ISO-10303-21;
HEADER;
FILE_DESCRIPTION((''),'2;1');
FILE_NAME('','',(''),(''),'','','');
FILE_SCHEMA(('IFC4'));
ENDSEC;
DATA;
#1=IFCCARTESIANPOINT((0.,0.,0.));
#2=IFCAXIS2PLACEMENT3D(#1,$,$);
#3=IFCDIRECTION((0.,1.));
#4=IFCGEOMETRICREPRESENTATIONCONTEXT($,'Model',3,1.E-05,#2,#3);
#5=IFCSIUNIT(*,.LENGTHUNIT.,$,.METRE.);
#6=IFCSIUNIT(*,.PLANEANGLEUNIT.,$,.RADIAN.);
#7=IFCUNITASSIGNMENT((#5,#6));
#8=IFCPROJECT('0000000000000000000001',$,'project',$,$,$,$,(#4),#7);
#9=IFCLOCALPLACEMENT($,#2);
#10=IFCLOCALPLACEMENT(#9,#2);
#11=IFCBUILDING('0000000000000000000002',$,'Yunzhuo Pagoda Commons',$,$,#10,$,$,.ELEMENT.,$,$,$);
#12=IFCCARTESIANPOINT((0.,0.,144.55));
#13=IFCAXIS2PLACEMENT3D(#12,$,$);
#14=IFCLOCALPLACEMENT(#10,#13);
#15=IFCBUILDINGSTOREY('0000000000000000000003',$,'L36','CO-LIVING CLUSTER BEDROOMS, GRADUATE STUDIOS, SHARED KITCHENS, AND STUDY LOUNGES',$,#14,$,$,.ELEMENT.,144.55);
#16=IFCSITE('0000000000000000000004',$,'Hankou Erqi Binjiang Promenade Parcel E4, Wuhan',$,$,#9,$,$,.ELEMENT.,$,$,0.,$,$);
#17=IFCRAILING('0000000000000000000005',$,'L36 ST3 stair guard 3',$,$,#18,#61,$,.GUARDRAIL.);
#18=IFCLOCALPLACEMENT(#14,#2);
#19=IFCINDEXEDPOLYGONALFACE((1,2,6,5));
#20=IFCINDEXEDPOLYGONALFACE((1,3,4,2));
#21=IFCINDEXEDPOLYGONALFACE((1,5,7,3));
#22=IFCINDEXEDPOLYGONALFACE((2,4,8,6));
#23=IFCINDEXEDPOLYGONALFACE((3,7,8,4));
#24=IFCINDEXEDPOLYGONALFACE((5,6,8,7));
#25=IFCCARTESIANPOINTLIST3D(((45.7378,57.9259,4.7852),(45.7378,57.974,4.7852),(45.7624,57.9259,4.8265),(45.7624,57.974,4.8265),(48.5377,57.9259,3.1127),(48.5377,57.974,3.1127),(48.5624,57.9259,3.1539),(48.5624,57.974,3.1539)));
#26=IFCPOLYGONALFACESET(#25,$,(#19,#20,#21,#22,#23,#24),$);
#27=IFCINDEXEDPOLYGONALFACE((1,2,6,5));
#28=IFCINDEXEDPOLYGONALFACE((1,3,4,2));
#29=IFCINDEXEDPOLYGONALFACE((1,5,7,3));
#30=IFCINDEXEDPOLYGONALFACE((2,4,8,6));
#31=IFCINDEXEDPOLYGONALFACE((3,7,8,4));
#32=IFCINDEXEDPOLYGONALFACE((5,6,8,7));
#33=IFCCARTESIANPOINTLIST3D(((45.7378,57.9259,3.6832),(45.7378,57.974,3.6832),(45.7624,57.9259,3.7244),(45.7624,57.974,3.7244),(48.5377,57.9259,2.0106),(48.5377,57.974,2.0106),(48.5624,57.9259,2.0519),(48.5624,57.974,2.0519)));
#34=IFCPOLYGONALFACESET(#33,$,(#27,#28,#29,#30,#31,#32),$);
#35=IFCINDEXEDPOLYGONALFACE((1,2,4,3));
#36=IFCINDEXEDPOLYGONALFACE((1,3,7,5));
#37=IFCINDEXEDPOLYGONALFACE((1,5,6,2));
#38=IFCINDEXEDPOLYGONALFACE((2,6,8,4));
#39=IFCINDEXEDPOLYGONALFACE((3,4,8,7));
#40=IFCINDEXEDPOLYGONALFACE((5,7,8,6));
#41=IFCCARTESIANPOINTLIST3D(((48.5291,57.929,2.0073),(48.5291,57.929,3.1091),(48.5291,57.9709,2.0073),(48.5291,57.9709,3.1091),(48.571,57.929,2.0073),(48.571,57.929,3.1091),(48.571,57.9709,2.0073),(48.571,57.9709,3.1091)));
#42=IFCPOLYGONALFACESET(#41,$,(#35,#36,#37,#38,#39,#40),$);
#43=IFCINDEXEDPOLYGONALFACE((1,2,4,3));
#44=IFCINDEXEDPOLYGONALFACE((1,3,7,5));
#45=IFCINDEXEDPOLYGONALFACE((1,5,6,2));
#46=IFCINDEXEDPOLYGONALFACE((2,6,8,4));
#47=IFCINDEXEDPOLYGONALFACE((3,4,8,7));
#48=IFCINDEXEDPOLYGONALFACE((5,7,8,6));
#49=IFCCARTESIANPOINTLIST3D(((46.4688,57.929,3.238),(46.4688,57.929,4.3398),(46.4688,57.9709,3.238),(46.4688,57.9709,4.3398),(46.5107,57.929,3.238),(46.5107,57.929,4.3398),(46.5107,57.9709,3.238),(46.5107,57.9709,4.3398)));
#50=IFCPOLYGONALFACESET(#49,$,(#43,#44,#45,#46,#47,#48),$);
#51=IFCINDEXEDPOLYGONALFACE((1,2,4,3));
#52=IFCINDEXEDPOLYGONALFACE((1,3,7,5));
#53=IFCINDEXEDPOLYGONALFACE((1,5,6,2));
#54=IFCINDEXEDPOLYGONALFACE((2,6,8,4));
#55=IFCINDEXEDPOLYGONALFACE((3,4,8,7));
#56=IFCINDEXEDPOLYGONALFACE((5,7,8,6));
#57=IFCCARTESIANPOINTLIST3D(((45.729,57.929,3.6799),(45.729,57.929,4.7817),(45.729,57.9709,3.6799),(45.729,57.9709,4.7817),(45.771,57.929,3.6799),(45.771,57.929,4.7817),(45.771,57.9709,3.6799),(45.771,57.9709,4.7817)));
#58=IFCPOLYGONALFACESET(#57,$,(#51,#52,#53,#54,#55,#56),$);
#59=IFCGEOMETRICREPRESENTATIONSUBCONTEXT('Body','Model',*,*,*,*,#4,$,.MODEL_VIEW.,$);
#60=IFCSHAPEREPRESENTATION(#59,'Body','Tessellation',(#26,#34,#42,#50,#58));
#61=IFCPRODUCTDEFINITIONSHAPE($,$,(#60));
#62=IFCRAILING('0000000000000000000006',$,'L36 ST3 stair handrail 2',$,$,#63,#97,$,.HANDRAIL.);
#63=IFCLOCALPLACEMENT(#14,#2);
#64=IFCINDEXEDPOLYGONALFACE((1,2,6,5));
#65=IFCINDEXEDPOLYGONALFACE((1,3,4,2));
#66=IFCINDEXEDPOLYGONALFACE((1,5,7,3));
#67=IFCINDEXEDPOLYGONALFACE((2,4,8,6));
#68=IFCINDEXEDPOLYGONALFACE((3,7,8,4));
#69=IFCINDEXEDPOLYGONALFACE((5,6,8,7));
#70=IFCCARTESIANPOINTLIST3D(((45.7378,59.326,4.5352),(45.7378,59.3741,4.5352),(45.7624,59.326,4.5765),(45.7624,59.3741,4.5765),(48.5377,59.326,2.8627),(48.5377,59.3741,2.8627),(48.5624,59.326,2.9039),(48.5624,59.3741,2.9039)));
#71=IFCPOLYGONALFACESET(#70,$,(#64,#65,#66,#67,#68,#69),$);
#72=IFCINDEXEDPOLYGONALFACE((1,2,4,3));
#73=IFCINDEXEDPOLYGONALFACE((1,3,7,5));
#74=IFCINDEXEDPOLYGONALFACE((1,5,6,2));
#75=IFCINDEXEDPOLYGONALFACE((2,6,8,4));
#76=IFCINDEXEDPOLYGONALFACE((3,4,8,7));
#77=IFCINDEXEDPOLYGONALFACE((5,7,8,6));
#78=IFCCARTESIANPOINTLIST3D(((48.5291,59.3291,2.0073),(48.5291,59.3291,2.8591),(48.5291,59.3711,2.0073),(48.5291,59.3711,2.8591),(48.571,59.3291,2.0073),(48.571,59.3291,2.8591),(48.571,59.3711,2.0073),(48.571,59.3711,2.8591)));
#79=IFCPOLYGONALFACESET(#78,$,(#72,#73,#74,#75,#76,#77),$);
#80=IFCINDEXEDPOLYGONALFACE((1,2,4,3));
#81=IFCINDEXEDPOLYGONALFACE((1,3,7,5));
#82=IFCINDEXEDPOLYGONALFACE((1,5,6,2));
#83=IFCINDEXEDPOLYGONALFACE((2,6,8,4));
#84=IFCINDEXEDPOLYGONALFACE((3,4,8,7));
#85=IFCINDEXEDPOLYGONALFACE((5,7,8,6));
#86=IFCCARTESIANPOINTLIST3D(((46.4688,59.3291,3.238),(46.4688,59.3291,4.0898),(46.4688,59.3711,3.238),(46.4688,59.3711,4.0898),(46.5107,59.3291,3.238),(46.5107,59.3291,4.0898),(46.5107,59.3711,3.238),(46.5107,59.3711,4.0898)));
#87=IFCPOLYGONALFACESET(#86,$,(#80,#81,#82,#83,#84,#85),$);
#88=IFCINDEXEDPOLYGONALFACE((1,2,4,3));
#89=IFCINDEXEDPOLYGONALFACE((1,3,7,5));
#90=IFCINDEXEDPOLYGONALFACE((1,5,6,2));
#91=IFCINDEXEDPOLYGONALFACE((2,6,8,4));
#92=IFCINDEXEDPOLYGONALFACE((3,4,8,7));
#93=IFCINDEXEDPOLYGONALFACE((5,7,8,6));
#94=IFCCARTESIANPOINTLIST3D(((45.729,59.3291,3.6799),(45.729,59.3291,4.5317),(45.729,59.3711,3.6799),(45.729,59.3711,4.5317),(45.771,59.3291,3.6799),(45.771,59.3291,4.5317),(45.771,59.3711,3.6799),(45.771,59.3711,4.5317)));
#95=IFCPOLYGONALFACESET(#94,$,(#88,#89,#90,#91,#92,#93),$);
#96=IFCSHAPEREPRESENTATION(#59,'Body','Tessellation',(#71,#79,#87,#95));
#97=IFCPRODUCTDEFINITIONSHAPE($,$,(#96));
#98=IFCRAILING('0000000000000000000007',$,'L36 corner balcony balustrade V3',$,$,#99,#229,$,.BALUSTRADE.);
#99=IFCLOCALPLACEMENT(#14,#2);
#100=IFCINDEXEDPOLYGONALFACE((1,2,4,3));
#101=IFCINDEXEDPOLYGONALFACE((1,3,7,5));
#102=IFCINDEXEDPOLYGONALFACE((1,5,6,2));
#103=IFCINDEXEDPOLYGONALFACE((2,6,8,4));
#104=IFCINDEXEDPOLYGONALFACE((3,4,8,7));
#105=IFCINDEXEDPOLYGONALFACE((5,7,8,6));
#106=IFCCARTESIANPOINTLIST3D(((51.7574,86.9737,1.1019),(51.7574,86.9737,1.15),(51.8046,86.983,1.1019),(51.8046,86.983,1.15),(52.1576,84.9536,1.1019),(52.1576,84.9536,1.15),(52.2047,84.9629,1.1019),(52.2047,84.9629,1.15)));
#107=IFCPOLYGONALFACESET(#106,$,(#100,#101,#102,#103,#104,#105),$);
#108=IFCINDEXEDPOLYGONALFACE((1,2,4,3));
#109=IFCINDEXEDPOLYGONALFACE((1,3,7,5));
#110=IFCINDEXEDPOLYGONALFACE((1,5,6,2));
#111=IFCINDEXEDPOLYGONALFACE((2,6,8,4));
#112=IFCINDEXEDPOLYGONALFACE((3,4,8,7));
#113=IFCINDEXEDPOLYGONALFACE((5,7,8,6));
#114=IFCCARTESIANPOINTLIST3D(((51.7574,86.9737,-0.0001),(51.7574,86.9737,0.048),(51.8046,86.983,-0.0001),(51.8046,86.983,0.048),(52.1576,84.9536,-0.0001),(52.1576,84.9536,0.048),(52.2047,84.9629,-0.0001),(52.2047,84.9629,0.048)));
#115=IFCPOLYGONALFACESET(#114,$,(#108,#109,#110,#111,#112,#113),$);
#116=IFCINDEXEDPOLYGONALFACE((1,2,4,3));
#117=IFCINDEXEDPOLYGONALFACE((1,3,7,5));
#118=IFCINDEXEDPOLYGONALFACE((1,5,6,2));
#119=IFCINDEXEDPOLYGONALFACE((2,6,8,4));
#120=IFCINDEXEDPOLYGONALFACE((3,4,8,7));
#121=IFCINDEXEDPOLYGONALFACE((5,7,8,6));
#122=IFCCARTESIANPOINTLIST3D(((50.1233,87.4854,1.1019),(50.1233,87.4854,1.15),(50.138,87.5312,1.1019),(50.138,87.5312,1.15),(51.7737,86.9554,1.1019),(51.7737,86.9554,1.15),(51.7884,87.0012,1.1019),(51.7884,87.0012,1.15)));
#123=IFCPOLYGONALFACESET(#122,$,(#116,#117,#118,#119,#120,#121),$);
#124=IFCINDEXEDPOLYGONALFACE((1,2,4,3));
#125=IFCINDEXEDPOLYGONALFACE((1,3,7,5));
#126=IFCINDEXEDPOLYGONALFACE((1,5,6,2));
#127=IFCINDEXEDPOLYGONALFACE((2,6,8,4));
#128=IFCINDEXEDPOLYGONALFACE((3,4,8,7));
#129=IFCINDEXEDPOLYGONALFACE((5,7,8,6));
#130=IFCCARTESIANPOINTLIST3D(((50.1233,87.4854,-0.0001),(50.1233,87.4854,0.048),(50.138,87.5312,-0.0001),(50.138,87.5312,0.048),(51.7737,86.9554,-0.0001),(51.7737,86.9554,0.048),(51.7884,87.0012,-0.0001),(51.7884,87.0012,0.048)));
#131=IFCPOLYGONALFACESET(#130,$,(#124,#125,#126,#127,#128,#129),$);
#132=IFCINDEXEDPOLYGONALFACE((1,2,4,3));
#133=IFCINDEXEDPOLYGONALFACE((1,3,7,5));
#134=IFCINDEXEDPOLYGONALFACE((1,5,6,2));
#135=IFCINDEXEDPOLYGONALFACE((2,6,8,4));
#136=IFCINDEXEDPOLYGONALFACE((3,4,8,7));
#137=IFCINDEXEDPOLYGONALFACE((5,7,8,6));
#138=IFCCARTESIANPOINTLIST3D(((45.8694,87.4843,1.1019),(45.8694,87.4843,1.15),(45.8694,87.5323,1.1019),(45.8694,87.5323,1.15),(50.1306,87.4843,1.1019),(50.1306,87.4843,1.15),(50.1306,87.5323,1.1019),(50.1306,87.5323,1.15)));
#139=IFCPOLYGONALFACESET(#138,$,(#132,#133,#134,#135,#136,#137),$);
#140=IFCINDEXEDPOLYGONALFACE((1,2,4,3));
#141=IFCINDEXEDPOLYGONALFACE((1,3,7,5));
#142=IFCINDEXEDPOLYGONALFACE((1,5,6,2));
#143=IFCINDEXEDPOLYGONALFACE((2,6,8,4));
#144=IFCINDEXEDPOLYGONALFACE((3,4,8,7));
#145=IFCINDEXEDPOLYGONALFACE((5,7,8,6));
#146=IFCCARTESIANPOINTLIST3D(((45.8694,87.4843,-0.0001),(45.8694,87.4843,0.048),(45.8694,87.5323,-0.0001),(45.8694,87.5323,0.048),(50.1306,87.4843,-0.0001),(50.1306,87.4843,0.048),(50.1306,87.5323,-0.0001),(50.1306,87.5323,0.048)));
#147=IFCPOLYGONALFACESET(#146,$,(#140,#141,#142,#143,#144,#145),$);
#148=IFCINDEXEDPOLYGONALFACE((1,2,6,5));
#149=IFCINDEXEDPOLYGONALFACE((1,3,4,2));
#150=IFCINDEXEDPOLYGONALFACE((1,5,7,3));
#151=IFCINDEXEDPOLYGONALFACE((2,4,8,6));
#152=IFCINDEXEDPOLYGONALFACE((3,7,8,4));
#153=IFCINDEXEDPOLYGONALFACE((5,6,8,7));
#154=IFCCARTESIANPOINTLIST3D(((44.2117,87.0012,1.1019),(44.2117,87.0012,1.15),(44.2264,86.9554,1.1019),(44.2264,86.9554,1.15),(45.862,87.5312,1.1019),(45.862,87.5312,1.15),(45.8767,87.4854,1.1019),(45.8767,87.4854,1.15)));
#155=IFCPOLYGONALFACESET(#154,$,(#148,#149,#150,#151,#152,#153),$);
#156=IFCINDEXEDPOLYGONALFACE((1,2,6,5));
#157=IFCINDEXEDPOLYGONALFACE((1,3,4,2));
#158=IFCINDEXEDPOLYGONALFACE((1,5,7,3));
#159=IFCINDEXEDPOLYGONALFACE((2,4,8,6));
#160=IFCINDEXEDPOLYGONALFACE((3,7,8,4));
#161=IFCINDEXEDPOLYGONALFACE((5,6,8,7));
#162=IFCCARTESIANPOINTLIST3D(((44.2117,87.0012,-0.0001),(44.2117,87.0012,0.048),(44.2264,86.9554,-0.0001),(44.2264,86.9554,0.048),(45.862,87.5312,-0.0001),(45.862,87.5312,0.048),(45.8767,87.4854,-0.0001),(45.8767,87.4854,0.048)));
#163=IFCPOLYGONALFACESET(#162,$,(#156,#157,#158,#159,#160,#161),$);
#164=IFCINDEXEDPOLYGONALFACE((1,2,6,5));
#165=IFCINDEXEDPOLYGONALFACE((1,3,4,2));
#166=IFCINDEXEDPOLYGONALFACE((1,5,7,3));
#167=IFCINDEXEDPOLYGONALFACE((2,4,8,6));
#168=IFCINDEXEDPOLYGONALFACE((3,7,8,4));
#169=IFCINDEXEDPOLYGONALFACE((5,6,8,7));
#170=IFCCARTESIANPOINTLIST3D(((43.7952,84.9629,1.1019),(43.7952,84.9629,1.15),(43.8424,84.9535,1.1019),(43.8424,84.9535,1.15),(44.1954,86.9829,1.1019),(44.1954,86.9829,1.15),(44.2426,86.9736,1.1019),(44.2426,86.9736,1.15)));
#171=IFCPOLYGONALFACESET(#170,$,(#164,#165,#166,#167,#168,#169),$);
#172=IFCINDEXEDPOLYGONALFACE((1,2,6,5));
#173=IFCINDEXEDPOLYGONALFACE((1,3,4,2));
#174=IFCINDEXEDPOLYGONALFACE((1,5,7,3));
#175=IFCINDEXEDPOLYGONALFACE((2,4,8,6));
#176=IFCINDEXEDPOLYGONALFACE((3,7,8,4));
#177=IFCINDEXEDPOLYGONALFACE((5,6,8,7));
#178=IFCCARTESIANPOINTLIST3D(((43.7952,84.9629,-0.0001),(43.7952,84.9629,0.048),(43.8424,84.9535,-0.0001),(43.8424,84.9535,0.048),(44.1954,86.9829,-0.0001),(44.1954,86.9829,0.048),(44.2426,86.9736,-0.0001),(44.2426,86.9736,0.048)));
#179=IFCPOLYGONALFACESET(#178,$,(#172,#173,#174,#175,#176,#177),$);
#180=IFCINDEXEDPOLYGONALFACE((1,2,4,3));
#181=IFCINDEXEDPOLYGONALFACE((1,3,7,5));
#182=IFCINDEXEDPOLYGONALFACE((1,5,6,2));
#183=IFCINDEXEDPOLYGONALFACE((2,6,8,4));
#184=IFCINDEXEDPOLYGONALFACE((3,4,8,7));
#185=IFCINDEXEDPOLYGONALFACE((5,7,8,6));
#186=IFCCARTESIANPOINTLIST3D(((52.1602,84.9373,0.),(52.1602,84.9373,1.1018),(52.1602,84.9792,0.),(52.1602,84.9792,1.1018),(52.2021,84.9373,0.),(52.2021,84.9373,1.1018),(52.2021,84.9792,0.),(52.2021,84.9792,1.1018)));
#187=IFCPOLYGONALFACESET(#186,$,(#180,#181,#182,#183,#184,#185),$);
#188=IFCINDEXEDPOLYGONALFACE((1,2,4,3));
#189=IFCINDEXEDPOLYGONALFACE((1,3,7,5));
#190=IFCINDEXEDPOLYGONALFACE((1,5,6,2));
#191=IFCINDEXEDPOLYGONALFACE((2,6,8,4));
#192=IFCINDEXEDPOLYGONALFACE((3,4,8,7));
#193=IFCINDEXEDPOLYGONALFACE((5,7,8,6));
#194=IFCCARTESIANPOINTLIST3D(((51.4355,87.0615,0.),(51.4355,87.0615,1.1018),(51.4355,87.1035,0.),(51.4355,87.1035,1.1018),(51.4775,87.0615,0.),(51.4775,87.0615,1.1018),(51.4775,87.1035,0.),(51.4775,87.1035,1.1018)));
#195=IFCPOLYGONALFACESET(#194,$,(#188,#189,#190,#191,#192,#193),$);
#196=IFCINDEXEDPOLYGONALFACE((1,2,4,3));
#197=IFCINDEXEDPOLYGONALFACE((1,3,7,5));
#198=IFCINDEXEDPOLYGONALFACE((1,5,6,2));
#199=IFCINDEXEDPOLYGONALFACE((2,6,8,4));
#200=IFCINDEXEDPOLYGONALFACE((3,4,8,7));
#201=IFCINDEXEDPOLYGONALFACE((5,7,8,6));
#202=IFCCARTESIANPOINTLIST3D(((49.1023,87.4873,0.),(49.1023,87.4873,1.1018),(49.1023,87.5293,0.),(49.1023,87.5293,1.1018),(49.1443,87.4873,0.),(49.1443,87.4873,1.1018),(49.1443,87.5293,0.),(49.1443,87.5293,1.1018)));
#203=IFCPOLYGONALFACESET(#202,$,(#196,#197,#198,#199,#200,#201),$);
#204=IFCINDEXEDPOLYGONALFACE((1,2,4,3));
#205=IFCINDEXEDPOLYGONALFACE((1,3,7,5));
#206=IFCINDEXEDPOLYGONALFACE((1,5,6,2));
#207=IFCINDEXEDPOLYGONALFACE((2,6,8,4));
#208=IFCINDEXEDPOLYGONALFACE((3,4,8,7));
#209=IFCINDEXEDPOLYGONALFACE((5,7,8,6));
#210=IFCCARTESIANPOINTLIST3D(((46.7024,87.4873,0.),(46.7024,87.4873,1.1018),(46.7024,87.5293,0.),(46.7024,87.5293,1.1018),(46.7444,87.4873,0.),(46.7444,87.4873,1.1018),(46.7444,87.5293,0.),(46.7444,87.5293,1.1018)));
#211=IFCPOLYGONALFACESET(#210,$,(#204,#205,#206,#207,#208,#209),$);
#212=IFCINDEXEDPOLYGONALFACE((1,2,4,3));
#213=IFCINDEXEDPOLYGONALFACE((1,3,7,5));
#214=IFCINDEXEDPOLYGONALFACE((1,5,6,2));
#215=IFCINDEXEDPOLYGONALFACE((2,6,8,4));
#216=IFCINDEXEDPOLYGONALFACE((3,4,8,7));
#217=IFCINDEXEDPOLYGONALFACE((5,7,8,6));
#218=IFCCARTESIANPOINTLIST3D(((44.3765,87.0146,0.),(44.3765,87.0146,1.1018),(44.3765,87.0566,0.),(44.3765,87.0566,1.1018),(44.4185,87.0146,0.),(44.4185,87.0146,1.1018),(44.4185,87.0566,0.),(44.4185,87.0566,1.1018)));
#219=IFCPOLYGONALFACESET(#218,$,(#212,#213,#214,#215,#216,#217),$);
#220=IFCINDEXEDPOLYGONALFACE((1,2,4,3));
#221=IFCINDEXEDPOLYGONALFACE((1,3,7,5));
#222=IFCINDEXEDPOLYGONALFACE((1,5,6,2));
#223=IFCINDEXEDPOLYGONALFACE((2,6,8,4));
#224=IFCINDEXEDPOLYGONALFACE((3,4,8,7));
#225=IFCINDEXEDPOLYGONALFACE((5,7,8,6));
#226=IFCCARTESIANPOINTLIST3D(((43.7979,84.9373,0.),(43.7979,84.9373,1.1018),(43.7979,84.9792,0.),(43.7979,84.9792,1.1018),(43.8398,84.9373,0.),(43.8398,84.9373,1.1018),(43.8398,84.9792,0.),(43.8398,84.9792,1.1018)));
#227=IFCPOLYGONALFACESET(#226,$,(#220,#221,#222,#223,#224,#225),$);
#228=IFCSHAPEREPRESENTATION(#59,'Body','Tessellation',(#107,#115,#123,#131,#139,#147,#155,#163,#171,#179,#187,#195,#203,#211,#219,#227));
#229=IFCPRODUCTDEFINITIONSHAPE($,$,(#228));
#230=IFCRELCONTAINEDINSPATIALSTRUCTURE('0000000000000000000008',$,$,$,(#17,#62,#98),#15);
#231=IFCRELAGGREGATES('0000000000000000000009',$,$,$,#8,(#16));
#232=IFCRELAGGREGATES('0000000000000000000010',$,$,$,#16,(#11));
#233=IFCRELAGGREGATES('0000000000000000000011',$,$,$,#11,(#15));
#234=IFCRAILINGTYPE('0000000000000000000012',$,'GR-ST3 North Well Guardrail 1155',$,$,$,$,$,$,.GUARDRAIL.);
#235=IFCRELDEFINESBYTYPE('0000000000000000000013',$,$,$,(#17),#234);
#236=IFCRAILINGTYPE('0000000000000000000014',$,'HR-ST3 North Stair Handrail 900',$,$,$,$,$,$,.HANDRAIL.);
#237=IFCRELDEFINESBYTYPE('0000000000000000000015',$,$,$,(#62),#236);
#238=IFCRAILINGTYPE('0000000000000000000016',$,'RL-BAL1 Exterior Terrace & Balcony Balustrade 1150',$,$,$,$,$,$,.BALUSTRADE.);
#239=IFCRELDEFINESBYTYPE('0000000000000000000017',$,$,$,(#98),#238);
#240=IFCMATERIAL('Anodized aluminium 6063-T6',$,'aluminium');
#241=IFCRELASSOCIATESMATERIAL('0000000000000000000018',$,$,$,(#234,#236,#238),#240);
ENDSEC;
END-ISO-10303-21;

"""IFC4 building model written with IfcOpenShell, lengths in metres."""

from ifc_helpers import new_model, si_unit, direction, frame, origin, origin_2d, place, context, subcontext, project, spatial, rectangle, extrude, material, type_object, element, save


model = new_model("IFC4")

# Units and contexts
model_context = context("Model", 3, precision=1e-05, world=origin(), true_north=direction((0.0, 1.0)))
body_context = subcontext(model_context, "Body", "Model", "MODEL_VIEW")
ifc_project = project(units=[si_unit("LENGTHUNIT", "METRE"), si_unit("PLANEANGLEUNIT", "RADIAN")], contexts=[model_context])

# Site, building, storey
site_placement = place(None, origin())
site = spatial("IfcSite", under=ifc_project, at=site_placement, Name="Hankou Erqi Binjiang Promenade Parcel E4, Wuhan", CompositionType="ELEMENT", RefElevation=0.0)
building_placement = place(site_placement, origin())
building = spatial("IfcBuilding", under=site, at=building_placement, Name="Yunzhuo Pagoda Commons", CompositionType="ELEMENT")
storey_placement = place(building_placement, frame((0.0, 0.0, 144.55)))
storey = spatial("IfcBuildingStorey", under=building, at=storey_placement, Name="L36", Description="CO-LIVING CLUSTER BEDROOMS, GRADUATE STUDIOS, SHARED KITCHENS, AND STUDY LOUNGES", CompositionType="ELEMENT", Elevation=144.55)

# Shared definitions
ifc_material_1 = material(Name="Anodized aluminium 6063-T6", Category="aluminium")

# Railings
railing_type_1 = type_object("IfcRailingType", Name="GR-ST3 North Well Guardrail 1155", PredefinedType="GUARDRAIL", material=ifc_material_1)
railing_1_placement = place(storey_placement, frame((48.55, 57.95, 2.0073)))
element("IfcRailing", 1, at=railing_1_placement, inside=storey, type_object=railing_type_1, Name="L36 ST3 stair guard 3", PredefinedType="GUARDRAIL", context=body_context, shape_type="SweptSolid", body=[
    extrude(rectangle(XDim=0.0481, YDim=0.0481, at=origin_2d()), frame((0.0, 0.0, 1.126), z_axis=(-0.858495, 0.0, 0.512822), x_axis=(0.0, -1.0, 0.0)), (0.0, 0.0, 1.0), 3.2615),
    extrude(rectangle(XDim=0.0481, YDim=0.0481, at=origin_2d()), frame((0.0, 0.0, 0.0239), z_axis=(-0.858495, 0.0, 0.512822), x_axis=(0.0, -1.0, 0.0)), (0.0, 0.0, 1.0), 3.2615),
    extrude(rectangle(XDim=0.042, YDim=0.042, at=origin_2d()), origin(), (0.0, 0.0, 1.0), 1.1018),
    extrude(rectangle(XDim=0.042, YDim=0.042, at=origin_2d()), frame((-2.0603, 0.0, 1.2307)), (0.0, 0.0, 1.0), 1.1018),
    extrude(rectangle(XDim=0.042, YDim=0.042, at=origin_2d()), frame((-2.8, 0.0, 1.6726)), (0.0, 0.0, 1.0), 1.1018),
])
railing_type_2 = type_object("IfcRailingType", Name="HR-ST3 North Stair Handrail 900", PredefinedType="HANDRAIL", material=ifc_material_1)
railing_2_placement = place(storey_placement, frame((48.55, 59.3501, 2.0073)))
element("IfcRailing", 2, at=railing_2_placement, inside=storey, type_object=railing_type_2, Name="L36 ST3 stair handrail 2", PredefinedType="HANDRAIL", context=body_context, shape_type="SweptSolid", body=[
    extrude(rectangle(XDim=0.0481, YDim=0.0481, at=origin_2d()), frame((0.0, 0.0, 0.876), z_axis=(-0.858495, 0.0, 0.512822), x_axis=(0.0, -1.0, 0.0)), (0.0, 0.0, 1.0), 3.2615),
    extrude(rectangle(XDim=0.042, YDim=0.042, at=origin_2d()), origin(), (0.0, 0.0, 1.0), 0.8518),
    extrude(rectangle(XDim=0.042, YDim=0.042, at=origin_2d()), frame((-2.0603, 0.0, 1.2307)), (0.0, 0.0, 1.0), 0.8518),
    extrude(rectangle(XDim=0.042, YDim=0.042, at=origin_2d()), frame((-2.8, 0.0, 1.6726)), (0.0, 0.0, 1.0), 0.8518),
])
railing_type_3 = type_object("IfcRailingType", Name="RL-BAL1 Exterior Terrace & Balcony Balustrade 1150", PredefinedType="BALUSTRADE", material=ifc_material_1)
railing_3_placement = place(storey_placement, frame((52.1812, 84.9583, 0.0)))
element("IfcRailing", 3, at=railing_3_placement, inside=storey, type_object=railing_type_3, Name="L36 corner balcony balustrade V3", PredefinedType="BALUSTRADE", context=body_context, shape_type="SweptSolid", body=[
    extrude(rectangle(XDim=0.0481, YDim=0.0481, at=origin_2d()), frame((0.0, 0.0, 1.126), z_axis=(-0.194315, 0.980939, 0.0), x_axis=(-0.980939, -0.194315, 0.0)), (0.0, 0.0, 1.0), 2.0593),
    extrude(rectangle(XDim=0.0481, YDim=0.0481, at=origin_2d()), frame((0.0, 0.0, 0.0239), z_axis=(-0.194315, 0.980939, 0.0), x_axis=(-0.980939, -0.194315, 0.0)), (0.0, 0.0, 1.0), 2.0593),
    extrude(rectangle(XDim=0.0481, YDim=0.0481, at=origin_2d()), frame((-0.4001, 2.02, 1.126), z_axis=(-0.952105, 0.305772, 0.0), x_axis=(-0.305772, -0.952105, 0.0)), (0.0, 0.0, 1.0), 1.7334),
    extrude(rectangle(XDim=0.0481, YDim=0.0481, at=origin_2d()), frame((-0.4001, 2.02, 0.0239), z_axis=(-0.952105, 0.305772, 0.0), x_axis=(-0.305772, -0.952105, 0.0)), (0.0, 0.0, 1.0), 1.7334),
    extrude(rectangle(XDim=0.0481, YDim=0.0481, at=origin_2d()), frame((-2.0505, 2.55, 1.126), z_axis=(-1.0, 0.0, 0.0), x_axis=(0.0, -1.0, 0.0)), (0.0, 0.0, 1.0), 4.2612),
    extrude(rectangle(XDim=0.0481, YDim=0.0481, at=origin_2d()), frame((-2.0505, 2.55, 0.0239), z_axis=(-1.0, 0.0, 0.0), x_axis=(0.0, -1.0, 0.0)), (0.0, 0.0, 1.0), 4.2612),
    extrude(rectangle(XDim=0.0481, YDim=0.0481, at=origin_2d()), frame((-6.3118, 2.55, 1.126), z_axis=(-0.952105, -0.305772, 0.0), x_axis=(0.305772, -0.952105, 0.0)), (0.0, 0.0, 1.0), 1.7334),
    extrude(rectangle(XDim=0.0481, YDim=0.0481, at=origin_2d()), frame((-6.3118, 2.55, 0.0239), z_axis=(-0.952105, -0.305772, 0.0), x_axis=(0.305772, -0.952105, 0.0)), (0.0, 0.0, 1.0), 1.7334),
    extrude(rectangle(XDim=0.0481, YDim=0.0481, at=origin_2d()), frame((-7.9622, 2.02, 1.126), z_axis=(-0.194315, -0.980939, 0.0), x_axis=(0.980939, -0.194315, 0.0)), (0.0, 0.0, 1.0), 2.0593),
    extrude(rectangle(XDim=0.0481, YDim=0.0481, at=origin_2d()), frame((-7.9622, 2.02, 0.0239), z_axis=(-0.194315, -0.980939, 0.0), x_axis=(0.980939, -0.194315, 0.0)), (0.0, 0.0, 1.0), 2.0593),
    extrude(rectangle(XDim=0.042, YDim=0.042, at=origin_2d()), origin(), (0.0, 0.0, 1.0), 1.1018),
    extrude(rectangle(XDim=0.042, YDim=0.042, at=origin_2d()), frame((-0.7246, 2.1243, 0.0)), (0.0, 0.0, 1.0), 1.1018),
    extrude(rectangle(XDim=0.042, YDim=0.042, at=origin_2d()), frame((-3.0579, 2.55, 0.0)), (0.0, 0.0, 1.0), 1.1018),
    extrude(rectangle(XDim=0.042, YDim=0.042, at=origin_2d()), frame((-5.4578, 2.55, 0.0)), (0.0, 0.0, 1.0), 1.1018),
    extrude(rectangle(XDim=0.042, YDim=0.042, at=origin_2d()), frame((-7.7837, 2.0774, 0.0)), (0.0, 0.0, 1.0), 1.1018),
    extrude(rectangle(XDim=0.042, YDim=0.042, at=origin_2d()), frame((-8.3623, 0.0, 0.0)), (0.0, 0.0, 1.0), 1.1018),
])

save(model, "model.ifc")
